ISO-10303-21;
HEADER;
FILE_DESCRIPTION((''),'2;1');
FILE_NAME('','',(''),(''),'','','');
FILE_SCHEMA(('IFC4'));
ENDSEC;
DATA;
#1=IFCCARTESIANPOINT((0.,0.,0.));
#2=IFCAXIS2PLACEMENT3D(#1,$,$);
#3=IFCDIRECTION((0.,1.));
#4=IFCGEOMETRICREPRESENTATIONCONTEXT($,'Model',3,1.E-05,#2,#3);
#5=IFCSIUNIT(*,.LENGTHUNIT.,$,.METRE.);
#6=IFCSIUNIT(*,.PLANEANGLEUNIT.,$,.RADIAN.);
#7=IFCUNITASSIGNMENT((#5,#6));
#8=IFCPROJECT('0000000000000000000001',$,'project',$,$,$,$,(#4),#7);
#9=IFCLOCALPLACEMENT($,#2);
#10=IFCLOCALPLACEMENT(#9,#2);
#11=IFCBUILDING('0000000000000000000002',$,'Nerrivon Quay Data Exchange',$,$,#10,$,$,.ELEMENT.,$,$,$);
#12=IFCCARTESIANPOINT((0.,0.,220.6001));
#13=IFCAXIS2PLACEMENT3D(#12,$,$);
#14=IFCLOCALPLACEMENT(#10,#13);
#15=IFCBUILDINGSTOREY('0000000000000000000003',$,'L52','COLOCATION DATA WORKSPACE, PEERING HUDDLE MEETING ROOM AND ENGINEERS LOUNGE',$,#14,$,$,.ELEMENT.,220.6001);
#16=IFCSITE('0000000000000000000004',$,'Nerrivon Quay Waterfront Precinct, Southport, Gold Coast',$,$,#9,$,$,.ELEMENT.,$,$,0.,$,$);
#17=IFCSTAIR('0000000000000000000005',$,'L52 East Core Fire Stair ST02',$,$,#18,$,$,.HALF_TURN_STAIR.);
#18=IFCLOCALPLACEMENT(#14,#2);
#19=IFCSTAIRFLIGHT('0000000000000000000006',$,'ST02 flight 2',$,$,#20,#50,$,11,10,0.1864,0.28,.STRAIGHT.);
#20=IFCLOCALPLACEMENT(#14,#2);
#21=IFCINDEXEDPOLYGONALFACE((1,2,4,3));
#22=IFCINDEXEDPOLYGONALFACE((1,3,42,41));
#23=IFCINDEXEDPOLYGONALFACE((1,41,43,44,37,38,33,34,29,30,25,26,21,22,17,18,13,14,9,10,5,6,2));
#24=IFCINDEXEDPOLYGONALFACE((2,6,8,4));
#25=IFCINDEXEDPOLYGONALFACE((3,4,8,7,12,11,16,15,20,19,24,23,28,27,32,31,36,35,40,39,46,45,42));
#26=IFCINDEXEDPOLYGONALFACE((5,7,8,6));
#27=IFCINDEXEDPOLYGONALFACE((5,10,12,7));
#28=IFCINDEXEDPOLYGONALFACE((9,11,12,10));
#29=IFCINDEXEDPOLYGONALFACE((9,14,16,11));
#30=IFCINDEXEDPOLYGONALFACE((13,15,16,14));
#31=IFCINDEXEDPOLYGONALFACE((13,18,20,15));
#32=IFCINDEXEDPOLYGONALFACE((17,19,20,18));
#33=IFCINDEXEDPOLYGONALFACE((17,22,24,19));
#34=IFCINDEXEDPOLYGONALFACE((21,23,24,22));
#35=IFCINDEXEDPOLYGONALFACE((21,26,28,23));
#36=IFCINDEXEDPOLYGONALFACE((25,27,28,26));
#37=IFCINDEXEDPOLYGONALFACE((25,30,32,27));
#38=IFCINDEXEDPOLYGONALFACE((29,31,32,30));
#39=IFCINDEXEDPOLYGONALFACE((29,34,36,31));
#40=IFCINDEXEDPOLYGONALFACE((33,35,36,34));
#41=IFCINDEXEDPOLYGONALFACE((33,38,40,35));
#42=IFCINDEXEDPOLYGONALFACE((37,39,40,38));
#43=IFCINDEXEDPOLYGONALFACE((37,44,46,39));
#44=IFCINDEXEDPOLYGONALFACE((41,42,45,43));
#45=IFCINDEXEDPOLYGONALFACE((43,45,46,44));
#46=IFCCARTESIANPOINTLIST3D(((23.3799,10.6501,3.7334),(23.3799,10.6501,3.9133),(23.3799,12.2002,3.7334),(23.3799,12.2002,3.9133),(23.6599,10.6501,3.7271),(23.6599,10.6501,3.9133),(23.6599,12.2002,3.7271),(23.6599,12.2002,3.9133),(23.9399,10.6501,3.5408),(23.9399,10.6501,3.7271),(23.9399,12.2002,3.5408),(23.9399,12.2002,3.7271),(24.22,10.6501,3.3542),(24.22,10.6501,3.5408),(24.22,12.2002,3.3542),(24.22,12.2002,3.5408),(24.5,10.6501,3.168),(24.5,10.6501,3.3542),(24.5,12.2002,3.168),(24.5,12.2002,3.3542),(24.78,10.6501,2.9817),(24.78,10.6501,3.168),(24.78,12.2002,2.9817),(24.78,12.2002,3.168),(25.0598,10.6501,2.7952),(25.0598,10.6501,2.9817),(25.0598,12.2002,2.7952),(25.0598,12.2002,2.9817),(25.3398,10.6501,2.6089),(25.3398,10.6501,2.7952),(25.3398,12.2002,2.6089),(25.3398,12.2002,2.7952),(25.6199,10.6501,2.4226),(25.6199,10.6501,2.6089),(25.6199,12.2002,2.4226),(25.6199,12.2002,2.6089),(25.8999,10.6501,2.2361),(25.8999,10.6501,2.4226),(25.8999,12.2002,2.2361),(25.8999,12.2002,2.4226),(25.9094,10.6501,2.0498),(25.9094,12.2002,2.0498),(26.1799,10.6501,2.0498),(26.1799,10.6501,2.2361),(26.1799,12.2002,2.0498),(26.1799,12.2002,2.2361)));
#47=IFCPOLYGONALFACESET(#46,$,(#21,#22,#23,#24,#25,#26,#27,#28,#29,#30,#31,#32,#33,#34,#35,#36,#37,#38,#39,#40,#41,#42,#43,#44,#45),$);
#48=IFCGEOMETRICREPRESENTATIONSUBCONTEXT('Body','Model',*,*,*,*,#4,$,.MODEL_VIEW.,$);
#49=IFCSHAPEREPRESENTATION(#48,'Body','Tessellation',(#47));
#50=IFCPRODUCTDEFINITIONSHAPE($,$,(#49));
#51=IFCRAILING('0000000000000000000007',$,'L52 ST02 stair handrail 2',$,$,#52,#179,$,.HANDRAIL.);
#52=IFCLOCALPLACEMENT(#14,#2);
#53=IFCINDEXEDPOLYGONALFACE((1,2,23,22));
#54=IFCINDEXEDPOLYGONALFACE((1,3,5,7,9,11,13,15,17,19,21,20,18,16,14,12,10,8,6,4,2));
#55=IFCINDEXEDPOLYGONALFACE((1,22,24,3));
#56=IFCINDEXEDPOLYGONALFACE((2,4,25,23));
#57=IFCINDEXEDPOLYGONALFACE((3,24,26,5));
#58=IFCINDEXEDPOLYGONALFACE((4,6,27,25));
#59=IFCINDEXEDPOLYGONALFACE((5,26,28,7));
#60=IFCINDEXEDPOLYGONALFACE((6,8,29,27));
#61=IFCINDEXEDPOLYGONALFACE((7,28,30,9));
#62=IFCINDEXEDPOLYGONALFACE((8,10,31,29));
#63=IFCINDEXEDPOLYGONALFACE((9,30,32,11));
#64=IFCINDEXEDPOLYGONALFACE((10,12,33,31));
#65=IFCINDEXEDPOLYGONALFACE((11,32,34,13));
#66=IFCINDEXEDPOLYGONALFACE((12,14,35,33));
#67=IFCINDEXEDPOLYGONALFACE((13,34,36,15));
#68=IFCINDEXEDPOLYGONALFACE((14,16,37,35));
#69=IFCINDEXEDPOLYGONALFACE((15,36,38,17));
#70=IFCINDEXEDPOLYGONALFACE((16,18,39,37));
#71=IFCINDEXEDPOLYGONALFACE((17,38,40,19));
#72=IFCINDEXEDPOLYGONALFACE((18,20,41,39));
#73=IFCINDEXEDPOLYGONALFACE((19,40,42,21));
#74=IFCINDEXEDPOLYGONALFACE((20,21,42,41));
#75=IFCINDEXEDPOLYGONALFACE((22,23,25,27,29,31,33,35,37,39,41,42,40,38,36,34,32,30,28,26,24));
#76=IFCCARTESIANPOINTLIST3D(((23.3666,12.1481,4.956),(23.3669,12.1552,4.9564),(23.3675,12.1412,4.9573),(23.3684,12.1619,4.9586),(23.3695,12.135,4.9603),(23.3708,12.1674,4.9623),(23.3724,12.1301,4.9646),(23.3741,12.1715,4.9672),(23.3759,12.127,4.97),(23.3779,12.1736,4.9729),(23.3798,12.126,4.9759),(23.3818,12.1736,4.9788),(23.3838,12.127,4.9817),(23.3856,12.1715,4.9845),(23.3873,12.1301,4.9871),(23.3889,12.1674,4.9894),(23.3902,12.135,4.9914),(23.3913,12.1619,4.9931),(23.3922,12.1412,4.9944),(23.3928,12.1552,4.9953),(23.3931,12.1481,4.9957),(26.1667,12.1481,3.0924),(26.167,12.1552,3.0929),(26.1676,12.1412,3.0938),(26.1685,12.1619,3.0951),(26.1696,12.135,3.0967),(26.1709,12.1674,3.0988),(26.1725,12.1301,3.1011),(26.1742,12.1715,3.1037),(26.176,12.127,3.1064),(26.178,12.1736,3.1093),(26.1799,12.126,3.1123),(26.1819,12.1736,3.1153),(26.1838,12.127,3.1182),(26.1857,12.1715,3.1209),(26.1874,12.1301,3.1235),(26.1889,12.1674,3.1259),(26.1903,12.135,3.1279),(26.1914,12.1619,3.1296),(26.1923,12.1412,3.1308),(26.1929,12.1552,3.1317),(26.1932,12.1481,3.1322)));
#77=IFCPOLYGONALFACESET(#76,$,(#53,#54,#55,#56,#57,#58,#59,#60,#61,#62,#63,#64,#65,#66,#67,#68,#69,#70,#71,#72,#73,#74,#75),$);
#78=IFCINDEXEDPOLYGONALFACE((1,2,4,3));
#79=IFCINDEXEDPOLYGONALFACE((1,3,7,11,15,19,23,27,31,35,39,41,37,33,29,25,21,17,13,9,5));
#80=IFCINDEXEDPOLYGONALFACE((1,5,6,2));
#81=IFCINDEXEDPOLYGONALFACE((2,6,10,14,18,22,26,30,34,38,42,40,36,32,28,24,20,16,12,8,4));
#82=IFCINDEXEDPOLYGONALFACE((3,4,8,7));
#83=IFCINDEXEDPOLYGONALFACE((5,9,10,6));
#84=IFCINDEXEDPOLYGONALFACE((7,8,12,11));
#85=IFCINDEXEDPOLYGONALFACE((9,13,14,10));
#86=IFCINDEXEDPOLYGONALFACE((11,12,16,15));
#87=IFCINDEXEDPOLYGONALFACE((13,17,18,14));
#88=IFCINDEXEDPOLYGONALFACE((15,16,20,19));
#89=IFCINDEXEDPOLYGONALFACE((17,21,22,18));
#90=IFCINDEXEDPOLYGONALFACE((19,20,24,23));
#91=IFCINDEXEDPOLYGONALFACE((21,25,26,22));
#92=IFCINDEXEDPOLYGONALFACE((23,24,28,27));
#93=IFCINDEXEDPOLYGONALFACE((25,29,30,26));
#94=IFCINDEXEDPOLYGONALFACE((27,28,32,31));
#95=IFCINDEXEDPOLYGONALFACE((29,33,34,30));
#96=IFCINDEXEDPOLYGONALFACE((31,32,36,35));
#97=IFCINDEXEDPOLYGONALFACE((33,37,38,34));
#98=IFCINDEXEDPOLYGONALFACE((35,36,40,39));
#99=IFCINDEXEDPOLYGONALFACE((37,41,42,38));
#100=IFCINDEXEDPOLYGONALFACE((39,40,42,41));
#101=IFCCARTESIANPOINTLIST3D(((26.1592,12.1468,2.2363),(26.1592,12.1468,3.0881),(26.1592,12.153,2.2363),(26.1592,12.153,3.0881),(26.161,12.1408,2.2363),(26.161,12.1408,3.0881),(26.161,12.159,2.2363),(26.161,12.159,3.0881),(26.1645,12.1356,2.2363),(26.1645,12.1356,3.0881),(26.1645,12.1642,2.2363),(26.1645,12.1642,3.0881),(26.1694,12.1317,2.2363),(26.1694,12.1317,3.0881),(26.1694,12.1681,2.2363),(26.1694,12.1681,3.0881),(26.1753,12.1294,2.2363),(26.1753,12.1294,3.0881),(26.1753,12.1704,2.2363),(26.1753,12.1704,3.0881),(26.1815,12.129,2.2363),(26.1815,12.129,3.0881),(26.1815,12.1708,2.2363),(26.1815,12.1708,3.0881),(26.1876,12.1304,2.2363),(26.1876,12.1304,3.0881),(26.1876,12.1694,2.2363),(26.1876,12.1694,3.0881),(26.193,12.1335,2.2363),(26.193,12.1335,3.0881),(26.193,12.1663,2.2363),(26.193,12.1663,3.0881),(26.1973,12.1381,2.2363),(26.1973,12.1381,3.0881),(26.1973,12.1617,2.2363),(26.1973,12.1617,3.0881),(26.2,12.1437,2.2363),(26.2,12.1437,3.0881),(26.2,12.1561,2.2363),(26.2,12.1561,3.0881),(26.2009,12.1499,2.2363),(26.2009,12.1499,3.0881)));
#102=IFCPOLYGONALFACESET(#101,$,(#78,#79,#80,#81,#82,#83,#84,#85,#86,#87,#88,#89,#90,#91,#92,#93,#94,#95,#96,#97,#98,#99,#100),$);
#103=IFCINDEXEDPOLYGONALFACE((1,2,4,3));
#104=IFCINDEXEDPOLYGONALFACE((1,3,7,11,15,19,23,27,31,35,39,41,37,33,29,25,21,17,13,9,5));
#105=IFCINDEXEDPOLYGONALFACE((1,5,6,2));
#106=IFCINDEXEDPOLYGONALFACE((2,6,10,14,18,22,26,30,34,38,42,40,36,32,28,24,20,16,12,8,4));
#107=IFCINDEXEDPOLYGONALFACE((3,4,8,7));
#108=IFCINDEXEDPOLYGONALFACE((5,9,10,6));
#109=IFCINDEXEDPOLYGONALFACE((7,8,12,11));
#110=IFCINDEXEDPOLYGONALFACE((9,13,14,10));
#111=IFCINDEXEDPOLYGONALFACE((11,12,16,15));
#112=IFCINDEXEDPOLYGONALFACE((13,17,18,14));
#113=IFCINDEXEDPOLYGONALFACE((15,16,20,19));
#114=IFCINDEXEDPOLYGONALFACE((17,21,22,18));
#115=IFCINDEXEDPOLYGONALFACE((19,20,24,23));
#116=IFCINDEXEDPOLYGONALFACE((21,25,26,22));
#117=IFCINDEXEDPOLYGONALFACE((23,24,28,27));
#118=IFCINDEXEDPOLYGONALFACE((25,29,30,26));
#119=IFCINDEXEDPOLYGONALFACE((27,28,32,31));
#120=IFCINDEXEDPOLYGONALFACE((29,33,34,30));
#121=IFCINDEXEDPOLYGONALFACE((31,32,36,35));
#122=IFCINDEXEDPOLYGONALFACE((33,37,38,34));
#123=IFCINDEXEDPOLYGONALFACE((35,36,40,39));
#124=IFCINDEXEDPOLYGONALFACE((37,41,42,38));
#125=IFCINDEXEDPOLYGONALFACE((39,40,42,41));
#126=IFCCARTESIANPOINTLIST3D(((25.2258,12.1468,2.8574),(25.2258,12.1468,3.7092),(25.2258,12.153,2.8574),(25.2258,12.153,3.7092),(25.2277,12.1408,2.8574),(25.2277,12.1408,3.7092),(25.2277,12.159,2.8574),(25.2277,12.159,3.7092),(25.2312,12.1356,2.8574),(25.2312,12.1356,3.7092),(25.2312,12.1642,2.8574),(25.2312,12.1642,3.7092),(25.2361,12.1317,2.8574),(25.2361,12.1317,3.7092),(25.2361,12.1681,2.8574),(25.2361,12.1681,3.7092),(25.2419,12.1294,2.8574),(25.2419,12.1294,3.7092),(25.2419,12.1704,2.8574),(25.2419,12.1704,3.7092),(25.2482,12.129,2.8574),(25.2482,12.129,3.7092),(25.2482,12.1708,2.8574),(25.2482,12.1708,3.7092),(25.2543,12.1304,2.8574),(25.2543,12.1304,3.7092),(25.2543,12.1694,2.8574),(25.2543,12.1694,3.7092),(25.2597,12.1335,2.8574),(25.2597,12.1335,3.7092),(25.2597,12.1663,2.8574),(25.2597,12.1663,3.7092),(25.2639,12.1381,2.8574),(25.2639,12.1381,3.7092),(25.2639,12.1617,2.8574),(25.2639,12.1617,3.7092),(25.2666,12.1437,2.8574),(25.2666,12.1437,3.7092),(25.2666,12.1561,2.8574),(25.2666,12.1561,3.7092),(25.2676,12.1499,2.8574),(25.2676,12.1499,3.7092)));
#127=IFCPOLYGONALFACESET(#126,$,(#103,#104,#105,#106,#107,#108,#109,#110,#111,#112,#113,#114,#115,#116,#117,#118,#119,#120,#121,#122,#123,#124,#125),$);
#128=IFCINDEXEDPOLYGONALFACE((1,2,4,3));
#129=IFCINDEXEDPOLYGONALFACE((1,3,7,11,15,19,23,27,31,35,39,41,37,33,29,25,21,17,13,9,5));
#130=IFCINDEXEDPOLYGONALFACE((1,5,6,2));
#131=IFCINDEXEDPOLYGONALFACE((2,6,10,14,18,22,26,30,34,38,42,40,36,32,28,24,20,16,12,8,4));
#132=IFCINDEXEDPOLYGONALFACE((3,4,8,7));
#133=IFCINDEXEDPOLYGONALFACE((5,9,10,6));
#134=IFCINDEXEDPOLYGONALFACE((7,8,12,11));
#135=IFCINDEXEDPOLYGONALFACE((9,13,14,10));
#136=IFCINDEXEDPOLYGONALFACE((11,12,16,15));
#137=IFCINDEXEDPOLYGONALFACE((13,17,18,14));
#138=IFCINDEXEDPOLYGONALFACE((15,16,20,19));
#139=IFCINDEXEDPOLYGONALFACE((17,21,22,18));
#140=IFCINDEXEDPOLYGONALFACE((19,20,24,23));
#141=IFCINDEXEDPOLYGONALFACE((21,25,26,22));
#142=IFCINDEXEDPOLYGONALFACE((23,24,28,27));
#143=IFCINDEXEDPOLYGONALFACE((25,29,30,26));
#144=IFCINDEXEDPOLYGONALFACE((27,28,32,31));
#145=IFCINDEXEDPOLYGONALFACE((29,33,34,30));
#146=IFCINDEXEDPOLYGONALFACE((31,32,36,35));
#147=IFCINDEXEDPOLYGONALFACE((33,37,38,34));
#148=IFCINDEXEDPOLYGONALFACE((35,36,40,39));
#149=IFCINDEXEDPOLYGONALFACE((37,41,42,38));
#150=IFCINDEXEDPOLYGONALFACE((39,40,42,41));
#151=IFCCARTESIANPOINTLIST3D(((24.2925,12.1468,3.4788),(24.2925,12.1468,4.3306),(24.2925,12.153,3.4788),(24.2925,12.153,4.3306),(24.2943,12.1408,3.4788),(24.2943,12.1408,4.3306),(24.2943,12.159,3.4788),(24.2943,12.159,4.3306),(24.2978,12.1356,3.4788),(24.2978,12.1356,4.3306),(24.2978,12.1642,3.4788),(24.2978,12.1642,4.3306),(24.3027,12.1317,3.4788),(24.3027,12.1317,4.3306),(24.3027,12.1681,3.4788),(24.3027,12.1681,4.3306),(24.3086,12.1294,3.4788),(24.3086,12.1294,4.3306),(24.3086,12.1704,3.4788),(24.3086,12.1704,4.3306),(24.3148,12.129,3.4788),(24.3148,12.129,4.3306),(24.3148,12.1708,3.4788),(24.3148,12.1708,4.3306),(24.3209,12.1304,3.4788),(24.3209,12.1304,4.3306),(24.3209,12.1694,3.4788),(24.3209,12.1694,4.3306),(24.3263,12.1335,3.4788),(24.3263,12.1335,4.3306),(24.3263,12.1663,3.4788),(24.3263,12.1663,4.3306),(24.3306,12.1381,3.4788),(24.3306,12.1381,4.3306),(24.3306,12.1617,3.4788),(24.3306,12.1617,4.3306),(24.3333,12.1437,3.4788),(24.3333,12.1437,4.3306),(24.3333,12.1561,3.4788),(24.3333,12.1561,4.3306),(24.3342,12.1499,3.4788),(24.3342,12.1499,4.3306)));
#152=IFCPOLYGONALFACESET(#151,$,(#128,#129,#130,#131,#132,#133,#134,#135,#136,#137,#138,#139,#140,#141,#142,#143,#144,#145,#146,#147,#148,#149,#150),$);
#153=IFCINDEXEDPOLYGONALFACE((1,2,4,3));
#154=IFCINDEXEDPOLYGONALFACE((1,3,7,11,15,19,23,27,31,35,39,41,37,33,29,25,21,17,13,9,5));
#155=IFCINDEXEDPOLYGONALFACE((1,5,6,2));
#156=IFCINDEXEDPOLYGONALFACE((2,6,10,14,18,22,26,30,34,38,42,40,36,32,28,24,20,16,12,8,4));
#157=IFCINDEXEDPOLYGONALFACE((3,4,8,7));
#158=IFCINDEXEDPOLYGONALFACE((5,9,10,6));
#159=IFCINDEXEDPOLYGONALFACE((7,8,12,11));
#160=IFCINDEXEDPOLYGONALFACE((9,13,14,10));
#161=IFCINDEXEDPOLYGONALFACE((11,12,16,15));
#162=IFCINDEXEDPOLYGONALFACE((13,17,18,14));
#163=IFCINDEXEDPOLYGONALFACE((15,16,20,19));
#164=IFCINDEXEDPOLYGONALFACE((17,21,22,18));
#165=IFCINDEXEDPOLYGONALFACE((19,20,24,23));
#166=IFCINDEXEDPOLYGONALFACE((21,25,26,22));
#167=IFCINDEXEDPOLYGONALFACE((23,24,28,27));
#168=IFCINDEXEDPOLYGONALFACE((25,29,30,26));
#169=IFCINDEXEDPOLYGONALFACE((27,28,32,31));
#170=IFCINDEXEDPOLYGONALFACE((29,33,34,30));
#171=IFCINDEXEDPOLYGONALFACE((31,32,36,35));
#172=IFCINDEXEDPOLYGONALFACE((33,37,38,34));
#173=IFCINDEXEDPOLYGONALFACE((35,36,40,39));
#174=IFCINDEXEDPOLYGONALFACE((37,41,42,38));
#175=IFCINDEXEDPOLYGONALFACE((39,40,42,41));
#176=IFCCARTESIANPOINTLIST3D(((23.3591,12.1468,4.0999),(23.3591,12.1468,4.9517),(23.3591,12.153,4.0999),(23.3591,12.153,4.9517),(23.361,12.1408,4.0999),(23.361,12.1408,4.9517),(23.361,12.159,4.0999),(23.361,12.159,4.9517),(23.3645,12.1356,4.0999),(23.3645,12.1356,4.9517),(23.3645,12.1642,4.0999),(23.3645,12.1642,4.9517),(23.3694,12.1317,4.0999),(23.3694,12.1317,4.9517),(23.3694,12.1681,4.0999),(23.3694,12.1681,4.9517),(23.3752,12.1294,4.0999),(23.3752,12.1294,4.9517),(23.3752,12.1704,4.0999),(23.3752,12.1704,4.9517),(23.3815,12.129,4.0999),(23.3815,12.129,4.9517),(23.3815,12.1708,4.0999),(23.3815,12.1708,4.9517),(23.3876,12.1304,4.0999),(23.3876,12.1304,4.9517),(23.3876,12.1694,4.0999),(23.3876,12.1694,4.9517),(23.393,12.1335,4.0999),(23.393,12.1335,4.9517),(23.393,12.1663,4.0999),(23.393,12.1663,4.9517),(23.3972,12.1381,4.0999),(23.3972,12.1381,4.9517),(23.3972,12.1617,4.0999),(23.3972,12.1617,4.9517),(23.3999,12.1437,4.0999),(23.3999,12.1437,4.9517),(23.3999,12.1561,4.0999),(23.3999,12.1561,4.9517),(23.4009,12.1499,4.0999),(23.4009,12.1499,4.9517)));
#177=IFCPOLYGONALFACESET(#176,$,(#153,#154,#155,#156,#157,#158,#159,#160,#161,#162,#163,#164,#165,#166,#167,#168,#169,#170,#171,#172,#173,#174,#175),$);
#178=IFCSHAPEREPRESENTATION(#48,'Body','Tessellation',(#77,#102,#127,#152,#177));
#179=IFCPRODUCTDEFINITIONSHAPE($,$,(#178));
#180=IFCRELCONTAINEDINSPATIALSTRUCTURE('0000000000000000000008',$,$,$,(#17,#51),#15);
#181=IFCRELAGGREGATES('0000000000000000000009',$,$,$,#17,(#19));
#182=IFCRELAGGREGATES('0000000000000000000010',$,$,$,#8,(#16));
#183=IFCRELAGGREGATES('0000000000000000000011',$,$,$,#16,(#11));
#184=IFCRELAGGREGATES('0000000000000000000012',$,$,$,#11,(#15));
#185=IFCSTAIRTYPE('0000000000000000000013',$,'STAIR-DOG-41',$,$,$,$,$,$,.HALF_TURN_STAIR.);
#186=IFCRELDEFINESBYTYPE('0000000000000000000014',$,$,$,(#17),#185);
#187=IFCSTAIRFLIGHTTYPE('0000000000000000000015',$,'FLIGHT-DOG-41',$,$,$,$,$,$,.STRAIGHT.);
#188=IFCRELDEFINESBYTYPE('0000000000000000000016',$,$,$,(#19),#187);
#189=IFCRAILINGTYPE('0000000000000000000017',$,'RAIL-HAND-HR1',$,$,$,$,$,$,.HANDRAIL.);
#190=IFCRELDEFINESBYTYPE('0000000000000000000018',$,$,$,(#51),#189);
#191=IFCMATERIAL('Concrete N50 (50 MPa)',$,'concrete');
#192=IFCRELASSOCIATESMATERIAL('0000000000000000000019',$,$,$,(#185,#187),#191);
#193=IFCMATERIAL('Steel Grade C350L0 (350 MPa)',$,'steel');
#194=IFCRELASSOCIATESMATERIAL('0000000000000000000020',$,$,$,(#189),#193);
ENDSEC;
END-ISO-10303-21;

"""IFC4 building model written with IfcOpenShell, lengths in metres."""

from ifc_helpers import new_model, si_unit, direction, frame, origin, origin_2d, place, context, subcontext, project, spatial, polyline, circle, outline, extrude, material, type_object, element, aggregate, save


model = new_model("IFC4")

# Units and contexts
model_context = context("Model", 3, precision=1e-05, world=origin(), true_north=direction((0.0, 1.0)))
body_context = subcontext(model_context, "Body", "Model", "MODEL_VIEW")
ifc_project = project(units=[si_unit("LENGTHUNIT", "METRE"), si_unit("PLANEANGLEUNIT", "RADIAN")], contexts=[model_context])

# Site, building, storey
site_placement = place(None, origin())
site = spatial("IfcSite", under=ifc_project, at=site_placement, Name="Nerrivon Quay Waterfront Precinct, Southport, Gold Coast", CompositionType="ELEMENT", RefElevation=0.0)
building_placement = place(site_placement, origin())
building = spatial("IfcBuilding", under=site, at=building_placement, Name="Nerrivon Quay Data Exchange", CompositionType="ELEMENT")
storey_placement = place(building_placement, frame((0.0, 0.0, 220.6001)))
storey = spatial("IfcBuildingStorey", under=building, at=storey_placement, Name="L52", Description="COLOCATION DATA WORKSPACE, PEERING HUDDLE MEETING ROOM AND ENGINEERS LOUNGE", CompositionType="ELEMENT", Elevation=220.6001)

# Stair, stair flight
ifc_material_1 = material(Name="Concrete N50 (50 MPa)", Category="concrete")
stair_type = type_object("IfcStairType", Name="STAIR-DOG-41", PredefinedType="HALF_TURN_STAIR", material=ifc_material_1)
stair_placement = place(storey_placement, origin())
stair = element("IfcStair", 1, at=stair_placement, inside=storey, type_object=stair_type, Name="L52 East Core Fire Stair ST02", PredefinedType="HALF_TURN_STAIR")
stair_flight_type = type_object("IfcStairFlightType", Name="FLIGHT-DOG-41", PredefinedType="STRAIGHT", material=ifc_material_1)
stair_flight_placement = place(storey_placement, frame((26.1799, 11.425, 2.0498), z_axis=(0.0, 0.0, 1.0), x_axis=(-1.0, 0.0, 0.0)))
stair_flight = element("IfcStairFlight", 2, at=stair_flight_placement, type_object=stair_flight_type, Name="ST02 flight 2", NumberOfRisers=11, NumberOfTreads=10, PredefinedType="STRAIGHT", RiserHeight=0.1864, TreadLength=0.28, context=body_context, shape_type="SweptSolid", body=[
    extrude(outline(polyline([(0.0, 0.0), (0.0, 0.1863), (0.28, 0.1863), (0.28, 0.3728), (0.5601, 0.3728), (0.5601, 0.5591), (0.8401, 0.5591), (0.8401, 0.7454), (1.1201, 0.7454), (1.1201, 0.9319), (1.3999, 0.9319), (1.3999, 1.1182), (1.6799, 1.1182), (1.6799, 1.3044), (1.96, 1.3044), (1.96, 1.491), (2.24, 1.491), (2.24, 1.6772), (2.52, 1.6772), (2.52, 1.8635), (2.8, 1.8635), (2.8, 2.05), (2.8, 1.6836), (0.2705, 0.0), (0.0, 0.0)])), frame((0.0, 0.7749, 0.0), z_axis=(0.0, -1.0, 0.0), x_axis=(1.0, 0.0, 0.0)), (0.0, 0.0, 1.0), 1.55),
])
aggregate(stair, [stair_flight])

# Railing
ifc_material_2 = material(Name="Steel Grade C350L0 (350 MPa)", Category="steel")
railing_type_1 = type_object("IfcRailingType", Name="RAIL-HAND-HR1", PredefinedType="HANDRAIL", material=ifc_material_2)
railing_1_placement = place(storey_placement, frame((26.1799, 12.1499, 2.2363)))
element("IfcRailing", 3, at=railing_1_placement, inside=storey, type_object=railing_type_1, Name="L52 ST02 stair handrail 2", PredefinedType="HANDRAIL", context=body_context, shape_type="SweptSolid", body=[
    extrude(circle(Radius=0.0239, at=origin_2d()), frame((0.0, 0.0, 0.876), z_axis=(-0.832486, 0.0, 0.554047), x_axis=(0.0, -1.0, 0.0)), (0.0, 0.0, 1.0), 3.3635),
    extrude(circle(Radius=0.021, at=origin_2d()), origin(), (0.0, 0.0, 1.0), 0.8518),
    extrude(circle(Radius=0.021, at=origin_2d()), frame((-0.9333, 0.0, 0.6211)), (0.0, 0.0, 1.0), 0.8518),
    extrude(circle(Radius=0.021, at=origin_2d()), frame((-1.8667, 0.0, 1.2424)), (0.0, 0.0, 1.0), 0.8518),
    extrude(circle(Radius=0.021, at=origin_2d()), frame((-2.8, 0.0, 1.8635)), (0.0, 0.0, 1.0), 0.8518),
])

save(model, "model.ifc")
